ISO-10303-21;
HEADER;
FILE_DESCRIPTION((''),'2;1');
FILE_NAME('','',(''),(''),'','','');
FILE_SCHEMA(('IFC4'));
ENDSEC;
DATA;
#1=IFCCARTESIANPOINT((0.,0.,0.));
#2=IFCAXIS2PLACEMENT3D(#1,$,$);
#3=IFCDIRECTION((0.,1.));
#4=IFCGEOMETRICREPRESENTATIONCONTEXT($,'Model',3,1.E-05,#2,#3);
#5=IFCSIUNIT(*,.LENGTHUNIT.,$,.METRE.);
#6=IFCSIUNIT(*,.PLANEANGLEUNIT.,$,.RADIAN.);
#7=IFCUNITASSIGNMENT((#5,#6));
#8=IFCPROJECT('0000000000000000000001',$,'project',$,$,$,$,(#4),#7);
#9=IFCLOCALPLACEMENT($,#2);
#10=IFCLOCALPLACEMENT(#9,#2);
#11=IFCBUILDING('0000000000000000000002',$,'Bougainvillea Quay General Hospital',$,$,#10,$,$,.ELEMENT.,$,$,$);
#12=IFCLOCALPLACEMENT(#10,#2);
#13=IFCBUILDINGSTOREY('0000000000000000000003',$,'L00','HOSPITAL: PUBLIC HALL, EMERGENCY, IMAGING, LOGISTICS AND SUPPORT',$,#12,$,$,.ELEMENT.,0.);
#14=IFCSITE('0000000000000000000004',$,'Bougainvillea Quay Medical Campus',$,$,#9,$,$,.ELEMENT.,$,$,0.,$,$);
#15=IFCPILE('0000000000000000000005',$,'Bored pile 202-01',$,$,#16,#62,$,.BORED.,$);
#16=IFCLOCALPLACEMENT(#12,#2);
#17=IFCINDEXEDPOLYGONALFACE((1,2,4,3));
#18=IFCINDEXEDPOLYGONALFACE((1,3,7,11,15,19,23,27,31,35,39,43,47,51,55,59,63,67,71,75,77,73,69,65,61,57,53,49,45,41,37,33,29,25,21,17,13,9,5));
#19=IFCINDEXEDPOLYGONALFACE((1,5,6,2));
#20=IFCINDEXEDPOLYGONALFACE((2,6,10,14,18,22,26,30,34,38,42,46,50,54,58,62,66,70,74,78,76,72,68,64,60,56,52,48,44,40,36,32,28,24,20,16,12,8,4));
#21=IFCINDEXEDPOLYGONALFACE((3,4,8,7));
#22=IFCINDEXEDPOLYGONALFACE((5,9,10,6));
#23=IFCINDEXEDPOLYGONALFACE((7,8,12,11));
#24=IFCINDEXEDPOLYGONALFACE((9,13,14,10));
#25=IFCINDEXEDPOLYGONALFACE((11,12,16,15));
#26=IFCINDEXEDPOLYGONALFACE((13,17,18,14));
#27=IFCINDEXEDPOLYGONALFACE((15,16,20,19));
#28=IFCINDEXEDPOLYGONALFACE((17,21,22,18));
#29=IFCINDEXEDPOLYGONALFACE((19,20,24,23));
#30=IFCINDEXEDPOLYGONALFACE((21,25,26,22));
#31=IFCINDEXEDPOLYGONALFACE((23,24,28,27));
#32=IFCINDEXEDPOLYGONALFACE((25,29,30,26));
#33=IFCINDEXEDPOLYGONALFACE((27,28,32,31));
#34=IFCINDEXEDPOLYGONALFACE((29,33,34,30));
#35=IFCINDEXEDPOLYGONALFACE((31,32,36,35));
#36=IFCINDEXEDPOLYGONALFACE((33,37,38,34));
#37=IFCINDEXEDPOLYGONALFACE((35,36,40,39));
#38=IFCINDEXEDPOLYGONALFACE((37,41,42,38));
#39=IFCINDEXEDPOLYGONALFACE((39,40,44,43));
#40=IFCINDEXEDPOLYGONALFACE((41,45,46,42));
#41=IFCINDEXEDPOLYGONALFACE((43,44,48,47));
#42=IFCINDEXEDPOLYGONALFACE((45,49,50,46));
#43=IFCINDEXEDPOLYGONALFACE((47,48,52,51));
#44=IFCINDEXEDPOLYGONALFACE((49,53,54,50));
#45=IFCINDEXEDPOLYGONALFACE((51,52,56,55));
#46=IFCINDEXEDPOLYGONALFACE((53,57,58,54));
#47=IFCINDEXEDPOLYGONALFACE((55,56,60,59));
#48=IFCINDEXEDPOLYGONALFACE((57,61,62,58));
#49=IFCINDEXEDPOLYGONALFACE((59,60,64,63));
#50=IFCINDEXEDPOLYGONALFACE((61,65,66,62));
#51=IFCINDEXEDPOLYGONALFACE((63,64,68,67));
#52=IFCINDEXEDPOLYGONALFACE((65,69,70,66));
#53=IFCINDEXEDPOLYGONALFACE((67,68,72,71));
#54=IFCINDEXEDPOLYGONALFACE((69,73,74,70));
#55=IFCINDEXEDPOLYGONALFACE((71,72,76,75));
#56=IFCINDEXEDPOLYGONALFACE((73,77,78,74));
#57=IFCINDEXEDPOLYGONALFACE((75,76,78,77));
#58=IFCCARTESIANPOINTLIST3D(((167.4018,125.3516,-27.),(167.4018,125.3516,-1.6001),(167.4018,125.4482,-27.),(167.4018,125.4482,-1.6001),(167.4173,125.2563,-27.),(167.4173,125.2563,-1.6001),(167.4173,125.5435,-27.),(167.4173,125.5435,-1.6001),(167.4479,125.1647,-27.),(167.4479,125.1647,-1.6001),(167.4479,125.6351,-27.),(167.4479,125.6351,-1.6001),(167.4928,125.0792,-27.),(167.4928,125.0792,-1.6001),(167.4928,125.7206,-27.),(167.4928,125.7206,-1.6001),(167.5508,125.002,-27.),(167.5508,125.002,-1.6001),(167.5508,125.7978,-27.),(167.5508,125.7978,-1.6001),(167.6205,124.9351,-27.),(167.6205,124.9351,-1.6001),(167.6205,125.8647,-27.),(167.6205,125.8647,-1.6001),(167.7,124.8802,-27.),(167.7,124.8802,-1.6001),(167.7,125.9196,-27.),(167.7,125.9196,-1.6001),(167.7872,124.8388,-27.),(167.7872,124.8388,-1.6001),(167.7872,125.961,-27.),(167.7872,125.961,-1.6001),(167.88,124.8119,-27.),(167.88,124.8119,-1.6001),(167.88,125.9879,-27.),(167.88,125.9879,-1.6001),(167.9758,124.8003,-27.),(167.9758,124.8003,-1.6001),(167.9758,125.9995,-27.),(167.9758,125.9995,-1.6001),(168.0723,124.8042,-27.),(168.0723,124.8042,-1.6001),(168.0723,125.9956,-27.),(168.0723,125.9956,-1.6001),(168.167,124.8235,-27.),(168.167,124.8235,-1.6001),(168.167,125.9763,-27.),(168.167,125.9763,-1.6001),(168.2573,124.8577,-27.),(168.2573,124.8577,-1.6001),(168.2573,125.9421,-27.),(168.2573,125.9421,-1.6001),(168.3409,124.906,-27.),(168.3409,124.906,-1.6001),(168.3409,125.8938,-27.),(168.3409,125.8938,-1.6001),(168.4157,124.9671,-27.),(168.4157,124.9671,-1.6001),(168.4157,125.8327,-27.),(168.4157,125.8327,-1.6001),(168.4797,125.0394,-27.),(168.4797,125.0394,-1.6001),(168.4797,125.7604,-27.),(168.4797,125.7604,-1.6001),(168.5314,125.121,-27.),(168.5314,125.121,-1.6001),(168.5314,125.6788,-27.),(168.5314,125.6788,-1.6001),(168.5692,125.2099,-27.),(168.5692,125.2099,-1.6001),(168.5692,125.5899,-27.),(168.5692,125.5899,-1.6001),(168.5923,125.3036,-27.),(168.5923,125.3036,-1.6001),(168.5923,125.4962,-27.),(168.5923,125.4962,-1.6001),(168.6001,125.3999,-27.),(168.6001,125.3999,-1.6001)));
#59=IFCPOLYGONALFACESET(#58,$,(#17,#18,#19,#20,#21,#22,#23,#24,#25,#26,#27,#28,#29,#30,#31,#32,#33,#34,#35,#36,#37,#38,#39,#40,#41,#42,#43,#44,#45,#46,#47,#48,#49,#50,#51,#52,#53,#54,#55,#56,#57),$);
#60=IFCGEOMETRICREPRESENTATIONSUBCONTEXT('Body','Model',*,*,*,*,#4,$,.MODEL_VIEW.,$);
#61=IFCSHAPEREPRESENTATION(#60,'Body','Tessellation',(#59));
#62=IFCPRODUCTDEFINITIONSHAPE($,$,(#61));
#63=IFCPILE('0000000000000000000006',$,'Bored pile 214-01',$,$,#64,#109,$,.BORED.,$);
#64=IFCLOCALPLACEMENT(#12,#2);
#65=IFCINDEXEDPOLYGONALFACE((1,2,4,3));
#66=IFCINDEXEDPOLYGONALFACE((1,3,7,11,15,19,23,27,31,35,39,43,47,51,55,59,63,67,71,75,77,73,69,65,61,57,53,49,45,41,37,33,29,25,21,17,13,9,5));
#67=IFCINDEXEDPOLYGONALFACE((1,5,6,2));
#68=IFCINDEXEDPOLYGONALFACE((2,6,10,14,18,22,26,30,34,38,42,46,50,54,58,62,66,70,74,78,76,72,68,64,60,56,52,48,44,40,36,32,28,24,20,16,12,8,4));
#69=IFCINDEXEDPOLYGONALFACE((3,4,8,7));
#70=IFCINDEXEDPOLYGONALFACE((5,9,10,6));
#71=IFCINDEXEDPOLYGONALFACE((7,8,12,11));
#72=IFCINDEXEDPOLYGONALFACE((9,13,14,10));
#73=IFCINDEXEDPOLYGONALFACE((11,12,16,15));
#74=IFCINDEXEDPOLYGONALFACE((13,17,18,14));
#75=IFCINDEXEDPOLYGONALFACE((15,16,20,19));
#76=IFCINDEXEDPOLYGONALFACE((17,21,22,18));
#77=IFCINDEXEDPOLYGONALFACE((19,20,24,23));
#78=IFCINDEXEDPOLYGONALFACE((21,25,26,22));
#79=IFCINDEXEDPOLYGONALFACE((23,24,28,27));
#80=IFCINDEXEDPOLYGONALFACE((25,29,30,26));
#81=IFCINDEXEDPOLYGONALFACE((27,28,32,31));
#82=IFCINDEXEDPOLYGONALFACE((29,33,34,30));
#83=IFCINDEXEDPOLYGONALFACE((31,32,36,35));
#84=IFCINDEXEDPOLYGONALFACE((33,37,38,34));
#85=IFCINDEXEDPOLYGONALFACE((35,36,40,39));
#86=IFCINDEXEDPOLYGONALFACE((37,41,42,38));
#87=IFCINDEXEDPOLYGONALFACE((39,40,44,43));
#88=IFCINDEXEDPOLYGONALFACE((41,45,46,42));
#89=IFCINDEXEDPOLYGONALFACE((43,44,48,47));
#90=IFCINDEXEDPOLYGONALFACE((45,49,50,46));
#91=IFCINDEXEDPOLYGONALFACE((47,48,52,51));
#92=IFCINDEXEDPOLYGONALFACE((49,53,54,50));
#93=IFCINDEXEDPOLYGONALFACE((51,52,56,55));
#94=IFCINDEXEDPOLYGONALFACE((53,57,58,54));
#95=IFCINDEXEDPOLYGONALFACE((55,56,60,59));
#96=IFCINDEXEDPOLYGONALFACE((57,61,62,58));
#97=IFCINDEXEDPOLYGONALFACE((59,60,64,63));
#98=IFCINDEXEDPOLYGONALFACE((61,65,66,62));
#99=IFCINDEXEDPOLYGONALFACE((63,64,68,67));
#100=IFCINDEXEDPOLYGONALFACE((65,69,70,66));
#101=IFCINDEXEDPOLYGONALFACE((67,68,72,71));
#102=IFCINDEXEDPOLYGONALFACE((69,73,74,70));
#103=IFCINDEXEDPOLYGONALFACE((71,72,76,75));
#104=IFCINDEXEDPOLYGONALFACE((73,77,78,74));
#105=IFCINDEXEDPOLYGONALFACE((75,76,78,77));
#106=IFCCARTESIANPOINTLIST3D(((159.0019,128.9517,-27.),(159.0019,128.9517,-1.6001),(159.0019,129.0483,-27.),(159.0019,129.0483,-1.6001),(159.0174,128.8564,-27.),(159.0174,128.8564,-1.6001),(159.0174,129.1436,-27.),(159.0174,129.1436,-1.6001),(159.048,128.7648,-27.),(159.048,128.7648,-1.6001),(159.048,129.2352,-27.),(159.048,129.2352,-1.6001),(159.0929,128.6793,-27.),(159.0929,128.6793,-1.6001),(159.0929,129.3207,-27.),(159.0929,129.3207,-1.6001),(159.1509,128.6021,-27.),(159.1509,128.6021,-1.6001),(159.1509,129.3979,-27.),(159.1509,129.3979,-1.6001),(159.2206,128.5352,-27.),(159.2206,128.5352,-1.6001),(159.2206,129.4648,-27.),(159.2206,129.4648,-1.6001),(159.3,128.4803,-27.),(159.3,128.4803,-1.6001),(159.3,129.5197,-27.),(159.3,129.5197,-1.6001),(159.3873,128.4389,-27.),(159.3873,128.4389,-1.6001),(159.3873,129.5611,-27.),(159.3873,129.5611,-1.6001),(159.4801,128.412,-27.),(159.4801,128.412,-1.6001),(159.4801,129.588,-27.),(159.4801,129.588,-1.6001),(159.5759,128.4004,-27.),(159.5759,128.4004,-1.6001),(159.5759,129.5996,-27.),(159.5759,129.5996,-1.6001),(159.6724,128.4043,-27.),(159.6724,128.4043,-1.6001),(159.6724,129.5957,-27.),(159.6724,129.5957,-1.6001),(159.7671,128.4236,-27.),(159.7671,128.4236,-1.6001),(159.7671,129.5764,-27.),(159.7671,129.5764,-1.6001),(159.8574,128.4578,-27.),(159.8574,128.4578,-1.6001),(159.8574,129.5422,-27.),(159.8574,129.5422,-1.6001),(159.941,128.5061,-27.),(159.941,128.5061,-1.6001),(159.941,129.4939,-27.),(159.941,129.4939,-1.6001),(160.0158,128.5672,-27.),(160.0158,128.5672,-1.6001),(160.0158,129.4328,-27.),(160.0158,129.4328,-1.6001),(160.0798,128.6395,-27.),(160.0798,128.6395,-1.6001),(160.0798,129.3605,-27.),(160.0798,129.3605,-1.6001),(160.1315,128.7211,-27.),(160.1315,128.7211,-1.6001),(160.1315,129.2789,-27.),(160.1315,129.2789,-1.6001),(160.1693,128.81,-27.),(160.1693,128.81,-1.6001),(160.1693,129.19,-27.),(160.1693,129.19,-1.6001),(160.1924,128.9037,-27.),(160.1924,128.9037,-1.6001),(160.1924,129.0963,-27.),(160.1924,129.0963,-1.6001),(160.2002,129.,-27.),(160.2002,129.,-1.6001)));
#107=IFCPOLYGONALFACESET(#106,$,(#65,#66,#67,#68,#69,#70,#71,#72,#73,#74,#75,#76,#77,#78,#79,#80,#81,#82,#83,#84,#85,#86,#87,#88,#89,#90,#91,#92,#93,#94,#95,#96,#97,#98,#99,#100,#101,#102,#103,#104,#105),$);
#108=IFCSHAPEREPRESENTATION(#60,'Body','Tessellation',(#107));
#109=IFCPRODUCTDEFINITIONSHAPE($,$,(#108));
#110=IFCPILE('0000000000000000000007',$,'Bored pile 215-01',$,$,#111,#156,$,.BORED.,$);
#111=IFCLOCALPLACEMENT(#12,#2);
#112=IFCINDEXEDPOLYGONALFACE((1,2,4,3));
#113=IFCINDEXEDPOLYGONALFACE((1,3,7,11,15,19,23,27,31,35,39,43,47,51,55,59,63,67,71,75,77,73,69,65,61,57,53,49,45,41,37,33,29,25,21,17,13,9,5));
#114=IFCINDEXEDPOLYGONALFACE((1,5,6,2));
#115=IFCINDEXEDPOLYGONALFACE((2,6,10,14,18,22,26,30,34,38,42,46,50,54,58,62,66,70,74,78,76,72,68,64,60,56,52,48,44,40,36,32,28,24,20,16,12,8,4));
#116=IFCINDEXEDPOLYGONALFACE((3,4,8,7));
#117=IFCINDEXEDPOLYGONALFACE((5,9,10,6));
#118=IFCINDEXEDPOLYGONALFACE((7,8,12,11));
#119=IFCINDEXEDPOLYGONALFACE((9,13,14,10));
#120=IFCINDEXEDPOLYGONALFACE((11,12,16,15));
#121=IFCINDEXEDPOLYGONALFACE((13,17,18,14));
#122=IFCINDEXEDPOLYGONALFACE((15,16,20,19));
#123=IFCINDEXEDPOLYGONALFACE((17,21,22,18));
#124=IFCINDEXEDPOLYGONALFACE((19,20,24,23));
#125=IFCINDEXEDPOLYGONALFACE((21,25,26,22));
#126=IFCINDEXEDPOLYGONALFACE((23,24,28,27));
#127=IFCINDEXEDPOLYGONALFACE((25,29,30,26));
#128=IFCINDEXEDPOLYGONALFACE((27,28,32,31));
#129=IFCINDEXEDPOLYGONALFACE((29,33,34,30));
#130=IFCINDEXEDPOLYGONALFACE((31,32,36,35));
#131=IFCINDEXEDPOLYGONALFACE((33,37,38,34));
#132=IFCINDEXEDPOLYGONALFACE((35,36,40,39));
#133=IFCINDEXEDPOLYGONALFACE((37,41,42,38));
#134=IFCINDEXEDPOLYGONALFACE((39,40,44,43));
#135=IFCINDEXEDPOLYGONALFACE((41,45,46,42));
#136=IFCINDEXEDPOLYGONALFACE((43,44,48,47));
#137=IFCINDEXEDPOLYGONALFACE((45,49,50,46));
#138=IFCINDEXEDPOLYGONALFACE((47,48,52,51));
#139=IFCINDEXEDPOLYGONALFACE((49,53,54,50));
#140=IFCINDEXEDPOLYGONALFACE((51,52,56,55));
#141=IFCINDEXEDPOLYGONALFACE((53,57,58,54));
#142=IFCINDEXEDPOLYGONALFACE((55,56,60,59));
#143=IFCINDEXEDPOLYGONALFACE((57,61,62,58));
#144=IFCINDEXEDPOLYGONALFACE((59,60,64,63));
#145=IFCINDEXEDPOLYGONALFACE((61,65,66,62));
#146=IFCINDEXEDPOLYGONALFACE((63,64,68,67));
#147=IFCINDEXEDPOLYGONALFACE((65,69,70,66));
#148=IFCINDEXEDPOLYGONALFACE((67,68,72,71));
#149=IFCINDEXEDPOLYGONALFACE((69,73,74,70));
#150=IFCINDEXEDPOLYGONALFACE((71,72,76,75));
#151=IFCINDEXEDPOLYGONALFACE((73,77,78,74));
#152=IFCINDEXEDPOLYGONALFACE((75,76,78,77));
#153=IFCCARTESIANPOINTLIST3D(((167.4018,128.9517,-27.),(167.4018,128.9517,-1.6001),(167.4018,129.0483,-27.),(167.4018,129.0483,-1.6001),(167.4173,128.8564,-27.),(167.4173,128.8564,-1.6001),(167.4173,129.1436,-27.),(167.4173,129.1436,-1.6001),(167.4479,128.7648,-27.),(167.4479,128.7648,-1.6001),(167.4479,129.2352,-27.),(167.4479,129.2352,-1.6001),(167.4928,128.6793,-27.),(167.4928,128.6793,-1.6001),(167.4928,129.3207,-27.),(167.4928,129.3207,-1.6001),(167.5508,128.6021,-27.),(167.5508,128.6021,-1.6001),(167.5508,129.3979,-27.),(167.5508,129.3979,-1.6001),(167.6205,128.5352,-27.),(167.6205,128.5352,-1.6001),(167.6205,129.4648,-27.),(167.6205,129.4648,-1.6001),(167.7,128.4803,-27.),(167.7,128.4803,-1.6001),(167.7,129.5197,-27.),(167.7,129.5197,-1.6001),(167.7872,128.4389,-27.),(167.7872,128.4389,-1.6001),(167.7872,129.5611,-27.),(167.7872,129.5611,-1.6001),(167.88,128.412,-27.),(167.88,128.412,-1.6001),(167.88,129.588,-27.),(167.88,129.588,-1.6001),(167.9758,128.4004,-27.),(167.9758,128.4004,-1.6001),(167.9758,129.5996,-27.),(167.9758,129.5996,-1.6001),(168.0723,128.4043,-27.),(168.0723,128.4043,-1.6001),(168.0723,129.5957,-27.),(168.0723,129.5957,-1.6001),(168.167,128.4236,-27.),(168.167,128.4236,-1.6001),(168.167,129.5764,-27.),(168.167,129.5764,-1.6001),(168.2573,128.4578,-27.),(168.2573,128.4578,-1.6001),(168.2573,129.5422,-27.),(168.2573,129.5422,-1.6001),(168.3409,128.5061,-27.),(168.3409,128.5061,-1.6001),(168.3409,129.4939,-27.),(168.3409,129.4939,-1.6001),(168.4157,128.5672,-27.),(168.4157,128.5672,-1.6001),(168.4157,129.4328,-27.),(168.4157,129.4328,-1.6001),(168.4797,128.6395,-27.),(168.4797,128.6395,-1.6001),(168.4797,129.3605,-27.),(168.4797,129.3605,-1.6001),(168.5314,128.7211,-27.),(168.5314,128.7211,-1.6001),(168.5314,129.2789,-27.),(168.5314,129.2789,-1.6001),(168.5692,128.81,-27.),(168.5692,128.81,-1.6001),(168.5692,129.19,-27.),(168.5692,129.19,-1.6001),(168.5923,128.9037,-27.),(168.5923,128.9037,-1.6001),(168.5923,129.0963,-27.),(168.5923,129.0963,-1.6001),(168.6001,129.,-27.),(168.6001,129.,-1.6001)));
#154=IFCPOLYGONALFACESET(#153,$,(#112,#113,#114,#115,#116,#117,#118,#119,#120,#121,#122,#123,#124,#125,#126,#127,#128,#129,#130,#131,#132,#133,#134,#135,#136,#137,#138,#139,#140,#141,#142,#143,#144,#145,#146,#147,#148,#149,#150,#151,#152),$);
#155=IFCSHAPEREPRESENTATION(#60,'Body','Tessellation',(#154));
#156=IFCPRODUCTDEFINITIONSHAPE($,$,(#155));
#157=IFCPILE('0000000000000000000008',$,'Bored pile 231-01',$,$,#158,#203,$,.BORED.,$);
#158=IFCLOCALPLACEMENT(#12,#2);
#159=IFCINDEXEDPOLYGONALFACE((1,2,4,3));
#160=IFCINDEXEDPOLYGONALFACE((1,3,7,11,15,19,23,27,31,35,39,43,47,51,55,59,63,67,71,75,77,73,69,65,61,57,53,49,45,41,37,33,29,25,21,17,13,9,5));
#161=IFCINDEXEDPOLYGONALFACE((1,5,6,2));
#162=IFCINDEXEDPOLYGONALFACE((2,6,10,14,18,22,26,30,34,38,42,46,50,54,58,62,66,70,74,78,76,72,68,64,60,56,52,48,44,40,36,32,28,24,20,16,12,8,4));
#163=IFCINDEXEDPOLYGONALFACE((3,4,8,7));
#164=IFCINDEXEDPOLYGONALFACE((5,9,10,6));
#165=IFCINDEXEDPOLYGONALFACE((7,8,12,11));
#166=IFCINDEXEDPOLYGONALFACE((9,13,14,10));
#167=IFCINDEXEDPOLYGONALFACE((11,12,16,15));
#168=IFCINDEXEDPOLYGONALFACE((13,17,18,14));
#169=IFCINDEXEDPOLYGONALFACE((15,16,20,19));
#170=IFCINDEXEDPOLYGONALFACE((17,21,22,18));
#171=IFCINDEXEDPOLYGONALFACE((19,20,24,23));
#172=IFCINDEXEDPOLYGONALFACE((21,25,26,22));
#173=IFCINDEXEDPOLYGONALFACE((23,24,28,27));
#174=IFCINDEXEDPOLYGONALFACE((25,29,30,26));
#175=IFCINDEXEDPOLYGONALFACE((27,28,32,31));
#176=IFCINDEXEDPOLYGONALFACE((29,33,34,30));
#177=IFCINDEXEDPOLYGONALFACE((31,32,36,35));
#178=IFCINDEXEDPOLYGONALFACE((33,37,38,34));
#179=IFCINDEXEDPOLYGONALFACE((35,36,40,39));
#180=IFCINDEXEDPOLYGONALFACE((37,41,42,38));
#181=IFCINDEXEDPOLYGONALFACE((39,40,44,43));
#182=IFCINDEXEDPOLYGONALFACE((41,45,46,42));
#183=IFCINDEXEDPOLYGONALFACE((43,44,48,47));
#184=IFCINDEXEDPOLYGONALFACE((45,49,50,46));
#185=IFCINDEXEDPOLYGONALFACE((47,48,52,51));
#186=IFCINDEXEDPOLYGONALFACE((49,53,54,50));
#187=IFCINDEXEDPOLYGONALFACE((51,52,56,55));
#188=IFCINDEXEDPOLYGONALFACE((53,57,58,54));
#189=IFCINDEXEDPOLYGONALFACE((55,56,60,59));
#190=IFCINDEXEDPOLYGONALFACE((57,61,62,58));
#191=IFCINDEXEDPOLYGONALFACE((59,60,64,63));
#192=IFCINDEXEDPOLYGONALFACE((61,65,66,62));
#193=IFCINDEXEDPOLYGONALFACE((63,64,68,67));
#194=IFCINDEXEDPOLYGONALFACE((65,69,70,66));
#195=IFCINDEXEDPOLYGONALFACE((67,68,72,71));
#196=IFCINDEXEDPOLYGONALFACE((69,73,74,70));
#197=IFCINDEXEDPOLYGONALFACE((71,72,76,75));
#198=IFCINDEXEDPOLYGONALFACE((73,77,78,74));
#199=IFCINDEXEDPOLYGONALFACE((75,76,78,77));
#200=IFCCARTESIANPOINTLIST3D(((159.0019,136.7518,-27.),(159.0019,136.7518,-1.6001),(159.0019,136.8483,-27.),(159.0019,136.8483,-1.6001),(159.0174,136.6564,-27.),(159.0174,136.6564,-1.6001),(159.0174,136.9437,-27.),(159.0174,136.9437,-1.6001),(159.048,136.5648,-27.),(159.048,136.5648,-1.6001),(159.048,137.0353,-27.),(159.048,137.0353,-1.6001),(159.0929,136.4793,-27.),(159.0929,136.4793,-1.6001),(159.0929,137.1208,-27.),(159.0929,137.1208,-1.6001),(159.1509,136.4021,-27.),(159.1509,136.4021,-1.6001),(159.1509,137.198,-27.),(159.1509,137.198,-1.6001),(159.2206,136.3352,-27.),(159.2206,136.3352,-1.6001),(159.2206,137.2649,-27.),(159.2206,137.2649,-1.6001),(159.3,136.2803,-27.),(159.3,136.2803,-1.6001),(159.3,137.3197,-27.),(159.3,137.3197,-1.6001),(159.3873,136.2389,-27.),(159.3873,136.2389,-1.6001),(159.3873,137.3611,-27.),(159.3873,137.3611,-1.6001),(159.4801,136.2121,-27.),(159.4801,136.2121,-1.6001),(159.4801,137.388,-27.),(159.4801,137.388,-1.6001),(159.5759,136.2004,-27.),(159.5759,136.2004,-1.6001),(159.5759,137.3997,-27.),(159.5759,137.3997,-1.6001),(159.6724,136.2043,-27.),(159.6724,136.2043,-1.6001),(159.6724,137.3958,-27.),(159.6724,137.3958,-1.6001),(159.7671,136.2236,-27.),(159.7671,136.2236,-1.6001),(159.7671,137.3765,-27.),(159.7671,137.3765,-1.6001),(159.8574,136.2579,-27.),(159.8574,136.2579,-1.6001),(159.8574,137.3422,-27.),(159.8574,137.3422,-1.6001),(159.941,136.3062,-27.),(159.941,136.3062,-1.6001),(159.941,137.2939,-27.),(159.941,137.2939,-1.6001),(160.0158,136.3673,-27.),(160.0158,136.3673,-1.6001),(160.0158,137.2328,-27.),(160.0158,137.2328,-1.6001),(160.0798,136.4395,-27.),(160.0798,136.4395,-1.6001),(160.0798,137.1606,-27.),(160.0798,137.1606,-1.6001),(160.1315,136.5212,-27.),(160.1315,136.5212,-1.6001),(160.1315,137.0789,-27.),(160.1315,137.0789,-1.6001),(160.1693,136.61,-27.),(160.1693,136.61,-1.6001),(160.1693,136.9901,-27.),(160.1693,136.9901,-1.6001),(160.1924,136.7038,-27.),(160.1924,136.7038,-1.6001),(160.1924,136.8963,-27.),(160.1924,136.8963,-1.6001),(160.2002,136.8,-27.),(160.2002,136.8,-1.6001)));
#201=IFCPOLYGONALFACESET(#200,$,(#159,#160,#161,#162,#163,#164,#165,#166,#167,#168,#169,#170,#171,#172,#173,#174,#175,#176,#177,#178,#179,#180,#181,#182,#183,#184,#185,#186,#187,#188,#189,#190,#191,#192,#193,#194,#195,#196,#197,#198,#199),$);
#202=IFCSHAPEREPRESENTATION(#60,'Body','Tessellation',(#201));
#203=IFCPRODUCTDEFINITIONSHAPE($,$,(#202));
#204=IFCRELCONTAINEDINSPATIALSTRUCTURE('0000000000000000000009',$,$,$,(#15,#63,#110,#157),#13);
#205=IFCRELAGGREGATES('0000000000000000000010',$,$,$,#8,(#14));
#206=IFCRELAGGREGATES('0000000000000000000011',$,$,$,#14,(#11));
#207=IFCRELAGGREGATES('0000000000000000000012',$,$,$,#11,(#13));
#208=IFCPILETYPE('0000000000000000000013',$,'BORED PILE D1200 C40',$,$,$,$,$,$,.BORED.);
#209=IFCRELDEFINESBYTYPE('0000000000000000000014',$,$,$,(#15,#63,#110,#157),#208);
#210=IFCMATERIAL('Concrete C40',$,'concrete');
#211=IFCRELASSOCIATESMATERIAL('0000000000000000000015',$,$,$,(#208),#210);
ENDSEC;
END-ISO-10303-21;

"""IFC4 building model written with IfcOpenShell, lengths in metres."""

from ifc_helpers import new_model, si_unit, direction, frame, origin, origin_2d, place, context, subcontext, project, spatial, circle, extrude, material, material_profile, profile_set, type_object, element, save


model = new_model("IFC4")

# Units and contexts
model_context = context("Model", 3, precision=1e-05, world=origin(), true_north=direction((0.0, 1.0)))
body_context = subcontext(model_context, "Body", "Model", "MODEL_VIEW")
ifc_project = project(units=[si_unit("LENGTHUNIT", "METRE"), si_unit("PLANEANGLEUNIT", "RADIAN")], contexts=[model_context])

# Site, building, storey
site_placement = place(None, origin())
site = spatial("IfcSite", under=ifc_project, at=site_placement, Name="Bougainvillea Quay Medical Campus", CompositionType="ELEMENT", RefElevation=0.0)
building_placement = place(site_placement, origin())
building = spatial("IfcBuilding", under=site, at=building_placement, Name="Bougainvillea Quay General Hospital", CompositionType="ELEMENT")
storey_placement = place(building_placement, origin())
storey = spatial("IfcBuildingStorey", under=building, at=storey_placement, Name="L00", Description="HOSPITAL: PUBLIC HALL, EMERGENCY, IMAGING, LOGISTICS AND SUPPORT", CompositionType="ELEMENT", Elevation=0.0)

# Piles
ifc_material_1 = material(Name="Concrete C40", Category="concrete")
ifc_material_profile_1 = material_profile(ifc_material_1, circle(Radius=0.6001, at=origin_2d()))
ifc_profile_set_1 = profile_set([ifc_material_profile_1], Name="Concrete C40")
pile_type = type_object("IfcPileType", Name="BORED PILE D1200 C40", PredefinedType="BORED", material=ifc_profile_set_1)
for number, where, z_axis, x_axis, name in (
    (1, (168.0, 125.3999, -1.6001), (0.0, 0.0, -1.0), (1.0, 0.0, 0.0), "Bored pile 202-01"),
    (2, (159.6001, 129.0, -1.6001), (0.0, 0.0, -1.0), (1.0, 0.0, 0.0), "Bored pile 214-01"),
    (3, (168.0, 129.0, -1.6001), (0.0, 0.0, -1.0), (1.0, 0.0, 0.0), "Bored pile 215-01"),
    (4, (159.6001, 136.8, -1.6001), (0.0, 0.0, -1.0), (1.0, 0.0, 0.0), "Bored pile 231-01"),
):
    element("IfcPile", number, at=place(storey_placement, frame(where, z_axis=z_axis, x_axis=x_axis)), inside=storey, type_object=pile_type, Name=name, PredefinedType="BORED", context=body_context, shape_type="SweptSolid", body=[
        extrude(circle(Radius=0.6001, at=origin_2d()), origin(), (0.0, 0.0, 1.0), 25.3999),
    ])

save(model, "model.ifc")
